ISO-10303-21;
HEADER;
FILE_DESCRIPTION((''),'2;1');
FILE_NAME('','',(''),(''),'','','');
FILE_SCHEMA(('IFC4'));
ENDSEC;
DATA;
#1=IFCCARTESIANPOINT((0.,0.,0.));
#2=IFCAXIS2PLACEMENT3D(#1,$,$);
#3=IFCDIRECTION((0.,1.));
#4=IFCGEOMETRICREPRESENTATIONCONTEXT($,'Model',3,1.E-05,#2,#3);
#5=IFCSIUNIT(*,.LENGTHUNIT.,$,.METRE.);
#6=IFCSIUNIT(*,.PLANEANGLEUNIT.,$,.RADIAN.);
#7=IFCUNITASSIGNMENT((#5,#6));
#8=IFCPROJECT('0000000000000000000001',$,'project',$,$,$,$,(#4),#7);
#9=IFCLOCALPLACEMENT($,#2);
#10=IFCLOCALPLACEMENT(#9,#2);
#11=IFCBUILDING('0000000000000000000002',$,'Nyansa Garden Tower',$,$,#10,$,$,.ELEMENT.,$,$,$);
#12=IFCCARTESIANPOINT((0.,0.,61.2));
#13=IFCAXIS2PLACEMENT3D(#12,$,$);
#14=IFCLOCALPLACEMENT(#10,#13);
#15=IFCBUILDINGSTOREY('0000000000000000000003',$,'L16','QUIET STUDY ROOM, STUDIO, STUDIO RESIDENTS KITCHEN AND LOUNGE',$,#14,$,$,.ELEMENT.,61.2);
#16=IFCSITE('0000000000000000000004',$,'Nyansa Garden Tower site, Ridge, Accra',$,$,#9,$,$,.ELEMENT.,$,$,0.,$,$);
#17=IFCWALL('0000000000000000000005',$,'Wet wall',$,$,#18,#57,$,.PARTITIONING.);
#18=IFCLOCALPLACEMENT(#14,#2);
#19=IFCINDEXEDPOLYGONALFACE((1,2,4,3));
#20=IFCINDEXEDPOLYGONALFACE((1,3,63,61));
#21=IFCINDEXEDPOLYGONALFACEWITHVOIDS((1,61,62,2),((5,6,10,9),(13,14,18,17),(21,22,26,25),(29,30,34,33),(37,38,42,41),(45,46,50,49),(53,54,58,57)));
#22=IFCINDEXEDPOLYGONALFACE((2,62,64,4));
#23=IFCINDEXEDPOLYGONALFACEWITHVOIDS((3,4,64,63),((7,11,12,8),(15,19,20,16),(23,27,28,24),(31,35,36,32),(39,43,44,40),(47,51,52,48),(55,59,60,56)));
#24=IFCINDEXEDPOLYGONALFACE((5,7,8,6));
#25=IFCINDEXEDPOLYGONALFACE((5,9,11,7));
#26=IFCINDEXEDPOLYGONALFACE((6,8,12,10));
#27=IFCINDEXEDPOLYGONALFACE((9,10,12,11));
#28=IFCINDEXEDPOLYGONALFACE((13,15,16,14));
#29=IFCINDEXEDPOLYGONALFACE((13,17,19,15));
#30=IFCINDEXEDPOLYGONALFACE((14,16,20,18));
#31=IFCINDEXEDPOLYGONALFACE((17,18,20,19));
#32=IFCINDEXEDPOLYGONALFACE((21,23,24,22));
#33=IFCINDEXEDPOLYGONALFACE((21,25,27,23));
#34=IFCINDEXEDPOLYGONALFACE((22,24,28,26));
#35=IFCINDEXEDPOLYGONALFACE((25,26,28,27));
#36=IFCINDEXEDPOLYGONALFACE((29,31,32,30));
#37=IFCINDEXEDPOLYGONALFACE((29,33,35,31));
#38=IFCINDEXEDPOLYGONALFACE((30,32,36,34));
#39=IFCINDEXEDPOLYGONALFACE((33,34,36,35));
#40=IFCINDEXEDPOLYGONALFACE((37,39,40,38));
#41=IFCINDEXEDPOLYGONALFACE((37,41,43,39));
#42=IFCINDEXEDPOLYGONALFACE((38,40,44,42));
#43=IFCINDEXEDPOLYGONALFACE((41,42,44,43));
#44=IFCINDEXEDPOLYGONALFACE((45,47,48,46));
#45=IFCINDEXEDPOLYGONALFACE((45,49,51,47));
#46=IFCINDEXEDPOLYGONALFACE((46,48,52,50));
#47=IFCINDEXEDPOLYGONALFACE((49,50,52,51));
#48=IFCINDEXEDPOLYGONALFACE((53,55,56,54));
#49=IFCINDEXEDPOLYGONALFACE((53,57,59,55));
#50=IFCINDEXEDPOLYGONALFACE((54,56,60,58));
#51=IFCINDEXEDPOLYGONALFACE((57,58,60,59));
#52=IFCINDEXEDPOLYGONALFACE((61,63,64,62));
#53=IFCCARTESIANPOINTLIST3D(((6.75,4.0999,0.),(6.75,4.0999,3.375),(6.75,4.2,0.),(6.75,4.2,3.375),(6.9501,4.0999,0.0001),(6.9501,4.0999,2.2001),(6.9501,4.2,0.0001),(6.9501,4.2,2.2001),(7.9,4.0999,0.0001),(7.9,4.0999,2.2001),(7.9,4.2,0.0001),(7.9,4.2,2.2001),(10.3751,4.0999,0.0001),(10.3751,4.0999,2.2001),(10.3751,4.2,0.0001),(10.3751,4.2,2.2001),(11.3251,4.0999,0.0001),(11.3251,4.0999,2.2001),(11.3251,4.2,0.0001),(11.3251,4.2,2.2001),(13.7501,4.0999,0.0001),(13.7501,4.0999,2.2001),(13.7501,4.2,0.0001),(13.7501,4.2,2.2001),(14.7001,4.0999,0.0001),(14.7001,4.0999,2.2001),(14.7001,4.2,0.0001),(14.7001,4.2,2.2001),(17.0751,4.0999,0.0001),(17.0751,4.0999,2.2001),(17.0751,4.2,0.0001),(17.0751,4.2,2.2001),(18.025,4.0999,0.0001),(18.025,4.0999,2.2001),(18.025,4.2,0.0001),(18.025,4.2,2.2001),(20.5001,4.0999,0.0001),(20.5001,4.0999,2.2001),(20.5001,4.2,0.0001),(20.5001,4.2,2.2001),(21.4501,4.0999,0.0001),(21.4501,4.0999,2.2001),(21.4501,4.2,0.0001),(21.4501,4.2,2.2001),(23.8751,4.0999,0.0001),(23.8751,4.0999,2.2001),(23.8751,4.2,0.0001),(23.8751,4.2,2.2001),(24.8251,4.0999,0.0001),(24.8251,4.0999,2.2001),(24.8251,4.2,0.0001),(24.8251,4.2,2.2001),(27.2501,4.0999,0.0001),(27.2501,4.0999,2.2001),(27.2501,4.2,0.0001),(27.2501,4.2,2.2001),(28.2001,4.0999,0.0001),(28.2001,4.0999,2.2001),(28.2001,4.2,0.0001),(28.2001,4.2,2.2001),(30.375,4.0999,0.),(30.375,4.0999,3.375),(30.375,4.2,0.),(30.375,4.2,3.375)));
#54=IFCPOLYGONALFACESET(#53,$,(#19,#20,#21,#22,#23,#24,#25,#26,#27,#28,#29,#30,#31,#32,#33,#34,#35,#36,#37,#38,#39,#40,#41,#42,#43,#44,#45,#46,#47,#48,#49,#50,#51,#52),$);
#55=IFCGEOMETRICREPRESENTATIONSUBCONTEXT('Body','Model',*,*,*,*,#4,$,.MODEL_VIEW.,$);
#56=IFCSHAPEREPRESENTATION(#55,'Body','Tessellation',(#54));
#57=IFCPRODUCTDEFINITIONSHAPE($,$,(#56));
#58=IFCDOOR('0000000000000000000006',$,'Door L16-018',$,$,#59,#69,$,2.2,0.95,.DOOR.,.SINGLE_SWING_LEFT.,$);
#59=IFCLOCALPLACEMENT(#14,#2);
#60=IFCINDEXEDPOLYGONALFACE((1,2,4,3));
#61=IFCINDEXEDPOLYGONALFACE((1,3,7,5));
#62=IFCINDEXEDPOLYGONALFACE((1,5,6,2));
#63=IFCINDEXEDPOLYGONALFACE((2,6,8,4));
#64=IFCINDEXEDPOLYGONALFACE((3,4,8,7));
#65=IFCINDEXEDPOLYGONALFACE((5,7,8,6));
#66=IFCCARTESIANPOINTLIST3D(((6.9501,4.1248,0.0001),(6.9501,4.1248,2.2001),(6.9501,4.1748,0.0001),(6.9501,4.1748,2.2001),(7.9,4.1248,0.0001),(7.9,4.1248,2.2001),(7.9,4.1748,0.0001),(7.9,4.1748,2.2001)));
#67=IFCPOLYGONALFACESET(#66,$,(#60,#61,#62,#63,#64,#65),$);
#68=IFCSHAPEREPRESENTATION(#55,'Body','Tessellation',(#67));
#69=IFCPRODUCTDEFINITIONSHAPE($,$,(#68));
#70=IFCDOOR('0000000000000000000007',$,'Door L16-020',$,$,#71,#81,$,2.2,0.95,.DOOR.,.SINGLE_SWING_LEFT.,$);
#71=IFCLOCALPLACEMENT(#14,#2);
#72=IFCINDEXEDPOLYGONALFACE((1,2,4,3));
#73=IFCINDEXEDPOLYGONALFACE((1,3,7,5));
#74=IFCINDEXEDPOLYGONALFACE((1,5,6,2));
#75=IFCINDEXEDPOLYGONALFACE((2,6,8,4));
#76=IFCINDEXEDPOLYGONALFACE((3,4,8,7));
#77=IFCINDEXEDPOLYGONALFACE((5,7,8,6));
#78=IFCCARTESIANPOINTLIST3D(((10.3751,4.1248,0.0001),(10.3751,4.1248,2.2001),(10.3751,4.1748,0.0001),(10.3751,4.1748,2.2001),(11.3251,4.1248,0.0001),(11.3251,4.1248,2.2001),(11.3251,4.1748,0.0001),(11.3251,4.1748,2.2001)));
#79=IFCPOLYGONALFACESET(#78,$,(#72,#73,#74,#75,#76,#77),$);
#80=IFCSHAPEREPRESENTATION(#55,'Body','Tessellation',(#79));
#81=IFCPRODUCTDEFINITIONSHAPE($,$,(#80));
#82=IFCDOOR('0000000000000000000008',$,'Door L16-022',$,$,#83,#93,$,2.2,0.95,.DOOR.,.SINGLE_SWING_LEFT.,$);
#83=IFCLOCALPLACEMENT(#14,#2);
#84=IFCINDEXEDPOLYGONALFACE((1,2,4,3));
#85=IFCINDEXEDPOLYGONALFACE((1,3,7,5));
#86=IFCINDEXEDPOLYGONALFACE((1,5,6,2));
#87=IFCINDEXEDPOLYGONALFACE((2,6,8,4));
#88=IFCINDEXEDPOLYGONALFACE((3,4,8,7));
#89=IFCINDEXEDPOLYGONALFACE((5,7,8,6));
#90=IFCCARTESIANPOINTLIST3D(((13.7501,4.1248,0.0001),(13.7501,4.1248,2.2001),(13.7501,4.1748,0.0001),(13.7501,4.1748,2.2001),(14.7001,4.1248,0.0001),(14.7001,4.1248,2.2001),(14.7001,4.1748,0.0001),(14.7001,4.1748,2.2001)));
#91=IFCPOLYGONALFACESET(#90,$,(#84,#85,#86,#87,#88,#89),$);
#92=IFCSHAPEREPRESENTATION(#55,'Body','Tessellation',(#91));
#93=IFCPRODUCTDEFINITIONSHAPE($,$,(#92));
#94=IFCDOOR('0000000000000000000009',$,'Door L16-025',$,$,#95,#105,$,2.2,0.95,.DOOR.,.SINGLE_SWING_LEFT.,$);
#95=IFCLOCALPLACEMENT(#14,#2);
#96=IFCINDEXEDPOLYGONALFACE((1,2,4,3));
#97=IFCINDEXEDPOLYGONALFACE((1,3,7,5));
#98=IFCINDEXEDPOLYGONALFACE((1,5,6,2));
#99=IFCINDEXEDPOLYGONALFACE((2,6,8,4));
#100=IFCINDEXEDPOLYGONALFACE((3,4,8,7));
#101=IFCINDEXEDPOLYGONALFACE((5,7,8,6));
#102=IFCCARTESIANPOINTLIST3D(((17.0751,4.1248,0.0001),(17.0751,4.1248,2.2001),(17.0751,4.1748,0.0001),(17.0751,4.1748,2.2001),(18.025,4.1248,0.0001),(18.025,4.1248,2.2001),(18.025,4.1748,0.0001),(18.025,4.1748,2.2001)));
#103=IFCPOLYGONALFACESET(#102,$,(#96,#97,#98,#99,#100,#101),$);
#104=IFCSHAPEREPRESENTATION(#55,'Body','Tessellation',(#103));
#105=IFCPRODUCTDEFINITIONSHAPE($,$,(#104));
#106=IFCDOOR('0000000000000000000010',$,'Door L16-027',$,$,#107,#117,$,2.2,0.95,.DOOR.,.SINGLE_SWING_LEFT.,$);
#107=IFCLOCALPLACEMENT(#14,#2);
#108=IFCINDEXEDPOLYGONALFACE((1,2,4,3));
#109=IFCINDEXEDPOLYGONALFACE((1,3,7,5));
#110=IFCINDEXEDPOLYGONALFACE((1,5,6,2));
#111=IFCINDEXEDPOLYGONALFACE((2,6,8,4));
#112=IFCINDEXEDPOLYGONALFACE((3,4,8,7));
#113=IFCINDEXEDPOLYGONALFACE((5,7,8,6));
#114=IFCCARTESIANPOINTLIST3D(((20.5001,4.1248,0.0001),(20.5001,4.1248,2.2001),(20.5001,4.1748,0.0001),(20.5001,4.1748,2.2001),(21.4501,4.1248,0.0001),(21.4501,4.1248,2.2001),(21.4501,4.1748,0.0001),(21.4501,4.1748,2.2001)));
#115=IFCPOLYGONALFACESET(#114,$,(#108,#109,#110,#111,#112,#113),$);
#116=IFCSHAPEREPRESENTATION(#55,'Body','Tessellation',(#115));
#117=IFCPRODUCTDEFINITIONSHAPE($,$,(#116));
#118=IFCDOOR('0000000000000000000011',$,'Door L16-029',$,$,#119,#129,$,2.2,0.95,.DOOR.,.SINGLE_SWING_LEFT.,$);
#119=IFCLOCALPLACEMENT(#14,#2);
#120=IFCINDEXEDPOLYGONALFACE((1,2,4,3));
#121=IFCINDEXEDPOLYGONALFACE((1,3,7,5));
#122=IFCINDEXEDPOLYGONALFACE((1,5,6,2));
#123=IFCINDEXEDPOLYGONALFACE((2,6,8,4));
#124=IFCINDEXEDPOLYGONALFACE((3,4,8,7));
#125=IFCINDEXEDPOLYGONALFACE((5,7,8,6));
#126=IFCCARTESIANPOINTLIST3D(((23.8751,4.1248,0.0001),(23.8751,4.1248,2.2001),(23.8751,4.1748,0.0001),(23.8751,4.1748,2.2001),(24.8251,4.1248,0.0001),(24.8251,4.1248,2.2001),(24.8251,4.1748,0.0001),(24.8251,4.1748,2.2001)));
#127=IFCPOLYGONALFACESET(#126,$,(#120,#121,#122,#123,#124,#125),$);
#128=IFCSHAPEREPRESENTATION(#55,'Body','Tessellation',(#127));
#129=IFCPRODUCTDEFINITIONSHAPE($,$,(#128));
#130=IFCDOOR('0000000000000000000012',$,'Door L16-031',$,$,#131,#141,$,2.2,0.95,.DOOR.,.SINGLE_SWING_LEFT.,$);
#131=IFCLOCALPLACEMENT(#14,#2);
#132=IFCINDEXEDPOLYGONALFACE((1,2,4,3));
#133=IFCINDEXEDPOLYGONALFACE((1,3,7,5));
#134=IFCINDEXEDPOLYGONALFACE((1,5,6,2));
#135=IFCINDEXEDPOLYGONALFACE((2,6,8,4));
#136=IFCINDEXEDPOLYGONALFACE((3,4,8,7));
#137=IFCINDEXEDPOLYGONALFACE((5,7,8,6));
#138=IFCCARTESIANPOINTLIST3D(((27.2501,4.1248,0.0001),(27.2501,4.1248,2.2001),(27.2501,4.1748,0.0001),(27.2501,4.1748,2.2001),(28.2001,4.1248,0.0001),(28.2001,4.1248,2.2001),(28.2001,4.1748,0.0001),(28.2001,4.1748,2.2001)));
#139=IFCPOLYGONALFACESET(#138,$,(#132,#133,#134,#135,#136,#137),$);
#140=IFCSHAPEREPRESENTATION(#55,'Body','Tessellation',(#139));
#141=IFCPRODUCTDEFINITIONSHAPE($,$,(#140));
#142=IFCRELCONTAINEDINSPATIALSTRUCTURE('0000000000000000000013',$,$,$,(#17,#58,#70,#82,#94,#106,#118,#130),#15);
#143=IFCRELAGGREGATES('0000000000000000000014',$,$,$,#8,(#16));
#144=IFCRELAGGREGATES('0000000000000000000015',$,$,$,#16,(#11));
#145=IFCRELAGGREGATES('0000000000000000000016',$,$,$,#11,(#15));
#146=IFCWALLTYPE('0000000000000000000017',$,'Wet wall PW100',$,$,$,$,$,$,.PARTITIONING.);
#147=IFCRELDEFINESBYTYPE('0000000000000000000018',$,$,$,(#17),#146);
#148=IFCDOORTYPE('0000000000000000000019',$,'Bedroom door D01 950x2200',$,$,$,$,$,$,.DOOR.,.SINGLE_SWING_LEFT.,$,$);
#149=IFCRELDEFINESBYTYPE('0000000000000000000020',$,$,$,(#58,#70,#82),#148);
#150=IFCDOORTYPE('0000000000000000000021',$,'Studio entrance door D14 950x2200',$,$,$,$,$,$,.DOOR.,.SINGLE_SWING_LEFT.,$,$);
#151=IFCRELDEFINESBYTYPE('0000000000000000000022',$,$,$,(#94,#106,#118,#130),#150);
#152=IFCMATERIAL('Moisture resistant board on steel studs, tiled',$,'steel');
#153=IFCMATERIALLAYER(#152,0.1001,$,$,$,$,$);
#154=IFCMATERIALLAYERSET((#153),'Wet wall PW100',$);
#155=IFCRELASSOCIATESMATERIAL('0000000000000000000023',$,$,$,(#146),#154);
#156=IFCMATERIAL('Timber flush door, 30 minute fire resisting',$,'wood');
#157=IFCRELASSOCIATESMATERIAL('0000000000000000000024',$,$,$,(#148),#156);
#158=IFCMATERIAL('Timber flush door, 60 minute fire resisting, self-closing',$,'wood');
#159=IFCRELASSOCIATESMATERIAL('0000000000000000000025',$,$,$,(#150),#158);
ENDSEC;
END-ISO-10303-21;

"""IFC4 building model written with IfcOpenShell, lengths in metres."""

from ifc_helpers import new_model, si_unit, direction, frame, frame_2d, origin, place, context, subcontext, project, spatial, rectangle, extrude, material, layer, layer_set, type_object, element, fill, save


model = new_model("IFC4")

# Units and contexts
model_context = context("Model", 3, precision=1e-05, world=origin(), true_north=direction((0.0, 1.0)))
body_context = subcontext(model_context, "Body", "Model", "MODEL_VIEW")
ifc_project = project(units=[si_unit("LENGTHUNIT", "METRE"), si_unit("PLANEANGLEUNIT", "RADIAN")], contexts=[model_context])

# Site, building, storey
site_placement = place(None, origin())
site = spatial("IfcSite", under=ifc_project, at=site_placement, Name="Nyansa Garden Tower site, Ridge, Accra", CompositionType="ELEMENT", RefElevation=0.0)
building_placement = place(site_placement, origin())
building = spatial("IfcBuilding", under=site, at=building_placement, Name="Nyansa Garden Tower", CompositionType="ELEMENT")
storey_placement = place(building_placement, frame((0.0, 0.0, 61.2)))
storey = spatial("IfcBuildingStorey", under=building, at=storey_placement, Name="L16", Description="QUIET STUDY ROOM, STUDIO, STUDIO RESIDENTS KITCHEN AND LOUNGE", CompositionType="ELEMENT", Elevation=61.2)

# Wall, openings, doors
ifc_material_1 = material(Name="Moisture resistant board on steel studs, tiled", Category="steel")
ifc_layer_1 = layer(ifc_material_1, 0.1001)
ifc_layer_set_1 = layer_set([ifc_layer_1], Name="Wet wall PW100")
wall_type_1 = type_object("IfcWallType", Name="Wet wall PW100", PredefinedType="PARTITIONING", material=ifc_layer_set_1)
wall_1_placement = place(storey_placement, frame((6.75, 4.1499, 0.0), z_axis=(0.0, 0.0, 1.0), x_axis=(1.0, 0.0, 0.0)))
wall_1 = element("IfcWall", 1, at=wall_1_placement, inside=storey, type_object=wall_type_1, Name="Wet wall", PredefinedType="PARTITIONING", context=body_context, shape_type="SweptSolid", body=[
    extrude(rectangle(XDim=23.625, YDim=0.1001, at=frame_2d((11.8125, 0.0))), origin(), (0.0, 0.0, 1.0), 3.375),
])
opening_1_placement = place(wall_1_placement, frame((0.2, 0.0, 0.0)))
opening_1 = element("IfcOpeningElement", 2, at=opening_1_placement, cuts=wall_1, PredefinedType="OPENING", context=body_context, shape_type="SweptSolid", body=[
    extrude(rectangle(XDim=0.95, YDim=2.2, at=frame_2d((0.4751, 1.1001))), frame((0.0, 0.0601, 0.0), z_axis=(0.0, -1.0, 0.0), x_axis=(1.0, 0.0, 0.0)), (0.0, 0.0, 1.0), 0.1201),
])
opening_2_placement = place(wall_1_placement, frame((3.625, 0.0, 0.0)))
opening_2 = element("IfcOpeningElement", 3, at=opening_2_placement, cuts=wall_1, PredefinedType="OPENING", context=body_context, shape_type="SweptSolid", body=[
    extrude(rectangle(XDim=0.95, YDim=2.2, at=frame_2d((0.4751, 1.1001))), frame((0.0, 0.0601, 0.0), z_axis=(0.0, -1.0, 0.0), x_axis=(1.0, 0.0, 0.0)), (0.0, 0.0, 1.0), 0.1201),
])
opening_3_placement = place(wall_1_placement, frame((7.0, 0.0, 0.0)))
opening_3 = element("IfcOpeningElement", 4, at=opening_3_placement, cuts=wall_1, PredefinedType="OPENING", context=body_context, shape_type="SweptSolid", body=[
    extrude(rectangle(XDim=0.95, YDim=2.2, at=frame_2d((0.4751, 1.1001))), frame((0.0, 0.0601, 0.0), z_axis=(0.0, -1.0, 0.0), x_axis=(1.0, 0.0, 0.0)), (0.0, 0.0, 1.0), 0.1201),
])
opening_4_placement = place(wall_1_placement, frame((10.325, 0.0, 0.0)))
opening_4 = element("IfcOpeningElement", 5, at=opening_4_placement, cuts=wall_1, PredefinedType="OPENING", context=body_context, shape_type="SweptSolid", body=[
    extrude(rectangle(XDim=0.95, YDim=2.2, at=frame_2d((0.4751, 1.1001))), frame((0.0, 0.0601, 0.0), z_axis=(0.0, -1.0, 0.0), x_axis=(1.0, 0.0, 0.0)), (0.0, 0.0, 1.0), 0.1201),
])
opening_5_placement = place(wall_1_placement, frame((13.75, 0.0, 0.0)))
opening_5 = element("IfcOpeningElement", 6, at=opening_5_placement, cuts=wall_1, PredefinedType="OPENING", context=body_context, shape_type="SweptSolid", body=[
    extrude(rectangle(XDim=0.95, YDim=2.2, at=frame_2d((0.4751, 1.1001))), frame((0.0, 0.0601, 0.0), z_axis=(0.0, -1.0, 0.0), x_axis=(1.0, 0.0, 0.0)), (0.0, 0.0, 1.0), 0.1201),
])
opening_6_placement = place(wall_1_placement, frame((17.125, 0.0, 0.0)))
opening_6 = element("IfcOpeningElement", 7, at=opening_6_placement, cuts=wall_1, PredefinedType="OPENING", context=body_context, shape_type="SweptSolid", body=[
    extrude(rectangle(XDim=0.95, YDim=2.2, at=frame_2d((0.4751, 1.1001))), frame((0.0, 0.0601, 0.0), z_axis=(0.0, -1.0, 0.0), x_axis=(1.0, 0.0, 0.0)), (0.0, 0.0, 1.0), 0.1201),
])
opening_7_placement = place(wall_1_placement, frame((20.5, 0.0, 0.0)))
opening_7 = element("IfcOpeningElement", 8, at=opening_7_placement, cuts=wall_1, PredefinedType="OPENING", context=body_context, shape_type="SweptSolid", body=[
    extrude(rectangle(XDim=0.95, YDim=2.2, at=frame_2d((0.4751, 1.1001))), frame((0.0, 0.0601, 0.0), z_axis=(0.0, -1.0, 0.0), x_axis=(1.0, 0.0, 0.0)), (0.0, 0.0, 1.0), 0.1201),
])
ifc_material_2 = material(Name="Timber flush door, 30 minute fire resisting", Category="wood")
door_type_1 = type_object("IfcDoorType", Name="Bedroom door D01 950x2200", OperationType="SINGLE_SWING_LEFT", PredefinedType="DOOR", material=ifc_material_2)
door_1_placement = place(opening_1_placement, origin())
door_1 = element("IfcDoor", 9, at=door_1_placement, inside=storey, type_object=door_type_1, Name="Door L16-018", OperationType="SINGLE_SWING_LEFT", OverallHeight=2.2, OverallWidth=0.95, PredefinedType="DOOR", context=body_context, shape_type="SweptSolid", body=[
    extrude(rectangle(XDim=0.95, YDim=2.2, at=frame_2d((0.4751, 1.1001))), frame((0.0, 0.0249, 0.0), z_axis=(0.0, -1.0, 0.0), x_axis=(1.0, 0.0, 0.0)), (0.0, 0.0, 1.0), 0.05),
])
fill(opening_1, door_1)
door_2_placement = place(opening_2_placement, origin())
door_2 = element("IfcDoor", 10, at=door_2_placement, inside=storey, type_object=door_type_1, Name="Door L16-020", OperationType="SINGLE_SWING_LEFT", OverallHeight=2.2, OverallWidth=0.95, PredefinedType="DOOR", context=body_context, shape_type="SweptSolid", body=[
    extrude(rectangle(XDim=0.95, YDim=2.2, at=frame_2d((0.4751, 1.1001))), frame((0.0, 0.0249, 0.0), z_axis=(0.0, -1.0, 0.0), x_axis=(1.0, 0.0, 0.0)), (0.0, 0.0, 1.0), 0.05),
])
fill(opening_2, door_2)
door_3_placement = place(opening_3_placement, origin())
door_3 = element("IfcDoor", 11, at=door_3_placement, inside=storey, type_object=door_type_1, Name="Door L16-022", OperationType="SINGLE_SWING_LEFT", OverallHeight=2.2, OverallWidth=0.95, PredefinedType="DOOR", context=body_context, shape_type="SweptSolid", body=[
    extrude(rectangle(XDim=0.95, YDim=2.2, at=frame_2d((0.4751, 1.1001))), frame((0.0, 0.0249, 0.0), z_axis=(0.0, -1.0, 0.0), x_axis=(1.0, 0.0, 0.0)), (0.0, 0.0, 1.0), 0.05),
])
fill(opening_3, door_3)
ifc_material_3 = material(Name="Timber flush door, 60 minute fire resisting, self-closing", Category="wood")
door_type_2 = type_object("IfcDoorType", Name="Studio entrance door D14 950x2200", OperationType="SINGLE_SWING_LEFT", PredefinedType="DOOR", material=ifc_material_3)
door_4_placement = place(opening_4_placement, origin())
door_4 = element("IfcDoor", 12, at=door_4_placement, inside=storey, type_object=door_type_2, Name="Door L16-025", OperationType="SINGLE_SWING_LEFT", OverallHeight=2.2, OverallWidth=0.95, PredefinedType="DOOR", context=body_context, shape_type="SweptSolid", body=[
    extrude(rectangle(XDim=0.95, YDim=2.2, at=frame_2d((0.4751, 1.1001))), frame((0.0, 0.0249, 0.0), z_axis=(0.0, -1.0, 0.0), x_axis=(1.0, 0.0, 0.0)), (0.0, 0.0, 1.0), 0.05),
])
fill(opening_4, door_4)
door_5_placement = place(opening_5_placement, origin())
door_5 = element("IfcDoor", 13, at=door_5_placement, inside=storey, type_object=door_type_2, Name="Door L16-027", OperationType="SINGLE_SWING_LEFT", OverallHeight=2.2, OverallWidth=0.95, PredefinedType="DOOR", context=body_context, shape_type="SweptSolid", body=[
    extrude(rectangle(XDim=0.95, YDim=2.2, at=frame_2d((0.4751, 1.1001))), frame((0.0, 0.0249, 0.0), z_axis=(0.0, -1.0, 0.0), x_axis=(1.0, 0.0, 0.0)), (0.0, 0.0, 1.0), 0.05),
])
fill(opening_5, door_5)
door_6_placement = place(opening_6_placement, origin())
door_6 = element("IfcDoor", 14, at=door_6_placement, inside=storey, type_object=door_type_2, Name="Door L16-029", OperationType="SINGLE_SWING_LEFT", OverallHeight=2.2, OverallWidth=0.95, PredefinedType="DOOR", context=body_context, shape_type="SweptSolid", body=[
    extrude(rectangle(XDim=0.95, YDim=2.2, at=frame_2d((0.4751, 1.1001))), frame((0.0, 0.0249, 0.0), z_axis=(0.0, -1.0, 0.0), x_axis=(1.0, 0.0, 0.0)), (0.0, 0.0, 1.0), 0.05),
])
fill(opening_6, door_6)
door_7_placement = place(opening_7_placement, origin())
door_7 = element("IfcDoor", 15, at=door_7_placement, inside=storey, type_object=door_type_2, Name="Door L16-031", OperationType="SINGLE_SWING_LEFT", OverallHeight=2.2, OverallWidth=0.95, PredefinedType="DOOR", context=body_context, shape_type="SweptSolid", body=[
    extrude(rectangle(XDim=0.95, YDim=2.2, at=frame_2d((0.4751, 1.1001))), frame((0.0, 0.0249, 0.0), z_axis=(0.0, -1.0, 0.0), x_axis=(1.0, 0.0, 0.0)), (0.0, 0.0, 1.0), 0.05),
])
fill(opening_7, door_7)

save(model, "model.ifc")
